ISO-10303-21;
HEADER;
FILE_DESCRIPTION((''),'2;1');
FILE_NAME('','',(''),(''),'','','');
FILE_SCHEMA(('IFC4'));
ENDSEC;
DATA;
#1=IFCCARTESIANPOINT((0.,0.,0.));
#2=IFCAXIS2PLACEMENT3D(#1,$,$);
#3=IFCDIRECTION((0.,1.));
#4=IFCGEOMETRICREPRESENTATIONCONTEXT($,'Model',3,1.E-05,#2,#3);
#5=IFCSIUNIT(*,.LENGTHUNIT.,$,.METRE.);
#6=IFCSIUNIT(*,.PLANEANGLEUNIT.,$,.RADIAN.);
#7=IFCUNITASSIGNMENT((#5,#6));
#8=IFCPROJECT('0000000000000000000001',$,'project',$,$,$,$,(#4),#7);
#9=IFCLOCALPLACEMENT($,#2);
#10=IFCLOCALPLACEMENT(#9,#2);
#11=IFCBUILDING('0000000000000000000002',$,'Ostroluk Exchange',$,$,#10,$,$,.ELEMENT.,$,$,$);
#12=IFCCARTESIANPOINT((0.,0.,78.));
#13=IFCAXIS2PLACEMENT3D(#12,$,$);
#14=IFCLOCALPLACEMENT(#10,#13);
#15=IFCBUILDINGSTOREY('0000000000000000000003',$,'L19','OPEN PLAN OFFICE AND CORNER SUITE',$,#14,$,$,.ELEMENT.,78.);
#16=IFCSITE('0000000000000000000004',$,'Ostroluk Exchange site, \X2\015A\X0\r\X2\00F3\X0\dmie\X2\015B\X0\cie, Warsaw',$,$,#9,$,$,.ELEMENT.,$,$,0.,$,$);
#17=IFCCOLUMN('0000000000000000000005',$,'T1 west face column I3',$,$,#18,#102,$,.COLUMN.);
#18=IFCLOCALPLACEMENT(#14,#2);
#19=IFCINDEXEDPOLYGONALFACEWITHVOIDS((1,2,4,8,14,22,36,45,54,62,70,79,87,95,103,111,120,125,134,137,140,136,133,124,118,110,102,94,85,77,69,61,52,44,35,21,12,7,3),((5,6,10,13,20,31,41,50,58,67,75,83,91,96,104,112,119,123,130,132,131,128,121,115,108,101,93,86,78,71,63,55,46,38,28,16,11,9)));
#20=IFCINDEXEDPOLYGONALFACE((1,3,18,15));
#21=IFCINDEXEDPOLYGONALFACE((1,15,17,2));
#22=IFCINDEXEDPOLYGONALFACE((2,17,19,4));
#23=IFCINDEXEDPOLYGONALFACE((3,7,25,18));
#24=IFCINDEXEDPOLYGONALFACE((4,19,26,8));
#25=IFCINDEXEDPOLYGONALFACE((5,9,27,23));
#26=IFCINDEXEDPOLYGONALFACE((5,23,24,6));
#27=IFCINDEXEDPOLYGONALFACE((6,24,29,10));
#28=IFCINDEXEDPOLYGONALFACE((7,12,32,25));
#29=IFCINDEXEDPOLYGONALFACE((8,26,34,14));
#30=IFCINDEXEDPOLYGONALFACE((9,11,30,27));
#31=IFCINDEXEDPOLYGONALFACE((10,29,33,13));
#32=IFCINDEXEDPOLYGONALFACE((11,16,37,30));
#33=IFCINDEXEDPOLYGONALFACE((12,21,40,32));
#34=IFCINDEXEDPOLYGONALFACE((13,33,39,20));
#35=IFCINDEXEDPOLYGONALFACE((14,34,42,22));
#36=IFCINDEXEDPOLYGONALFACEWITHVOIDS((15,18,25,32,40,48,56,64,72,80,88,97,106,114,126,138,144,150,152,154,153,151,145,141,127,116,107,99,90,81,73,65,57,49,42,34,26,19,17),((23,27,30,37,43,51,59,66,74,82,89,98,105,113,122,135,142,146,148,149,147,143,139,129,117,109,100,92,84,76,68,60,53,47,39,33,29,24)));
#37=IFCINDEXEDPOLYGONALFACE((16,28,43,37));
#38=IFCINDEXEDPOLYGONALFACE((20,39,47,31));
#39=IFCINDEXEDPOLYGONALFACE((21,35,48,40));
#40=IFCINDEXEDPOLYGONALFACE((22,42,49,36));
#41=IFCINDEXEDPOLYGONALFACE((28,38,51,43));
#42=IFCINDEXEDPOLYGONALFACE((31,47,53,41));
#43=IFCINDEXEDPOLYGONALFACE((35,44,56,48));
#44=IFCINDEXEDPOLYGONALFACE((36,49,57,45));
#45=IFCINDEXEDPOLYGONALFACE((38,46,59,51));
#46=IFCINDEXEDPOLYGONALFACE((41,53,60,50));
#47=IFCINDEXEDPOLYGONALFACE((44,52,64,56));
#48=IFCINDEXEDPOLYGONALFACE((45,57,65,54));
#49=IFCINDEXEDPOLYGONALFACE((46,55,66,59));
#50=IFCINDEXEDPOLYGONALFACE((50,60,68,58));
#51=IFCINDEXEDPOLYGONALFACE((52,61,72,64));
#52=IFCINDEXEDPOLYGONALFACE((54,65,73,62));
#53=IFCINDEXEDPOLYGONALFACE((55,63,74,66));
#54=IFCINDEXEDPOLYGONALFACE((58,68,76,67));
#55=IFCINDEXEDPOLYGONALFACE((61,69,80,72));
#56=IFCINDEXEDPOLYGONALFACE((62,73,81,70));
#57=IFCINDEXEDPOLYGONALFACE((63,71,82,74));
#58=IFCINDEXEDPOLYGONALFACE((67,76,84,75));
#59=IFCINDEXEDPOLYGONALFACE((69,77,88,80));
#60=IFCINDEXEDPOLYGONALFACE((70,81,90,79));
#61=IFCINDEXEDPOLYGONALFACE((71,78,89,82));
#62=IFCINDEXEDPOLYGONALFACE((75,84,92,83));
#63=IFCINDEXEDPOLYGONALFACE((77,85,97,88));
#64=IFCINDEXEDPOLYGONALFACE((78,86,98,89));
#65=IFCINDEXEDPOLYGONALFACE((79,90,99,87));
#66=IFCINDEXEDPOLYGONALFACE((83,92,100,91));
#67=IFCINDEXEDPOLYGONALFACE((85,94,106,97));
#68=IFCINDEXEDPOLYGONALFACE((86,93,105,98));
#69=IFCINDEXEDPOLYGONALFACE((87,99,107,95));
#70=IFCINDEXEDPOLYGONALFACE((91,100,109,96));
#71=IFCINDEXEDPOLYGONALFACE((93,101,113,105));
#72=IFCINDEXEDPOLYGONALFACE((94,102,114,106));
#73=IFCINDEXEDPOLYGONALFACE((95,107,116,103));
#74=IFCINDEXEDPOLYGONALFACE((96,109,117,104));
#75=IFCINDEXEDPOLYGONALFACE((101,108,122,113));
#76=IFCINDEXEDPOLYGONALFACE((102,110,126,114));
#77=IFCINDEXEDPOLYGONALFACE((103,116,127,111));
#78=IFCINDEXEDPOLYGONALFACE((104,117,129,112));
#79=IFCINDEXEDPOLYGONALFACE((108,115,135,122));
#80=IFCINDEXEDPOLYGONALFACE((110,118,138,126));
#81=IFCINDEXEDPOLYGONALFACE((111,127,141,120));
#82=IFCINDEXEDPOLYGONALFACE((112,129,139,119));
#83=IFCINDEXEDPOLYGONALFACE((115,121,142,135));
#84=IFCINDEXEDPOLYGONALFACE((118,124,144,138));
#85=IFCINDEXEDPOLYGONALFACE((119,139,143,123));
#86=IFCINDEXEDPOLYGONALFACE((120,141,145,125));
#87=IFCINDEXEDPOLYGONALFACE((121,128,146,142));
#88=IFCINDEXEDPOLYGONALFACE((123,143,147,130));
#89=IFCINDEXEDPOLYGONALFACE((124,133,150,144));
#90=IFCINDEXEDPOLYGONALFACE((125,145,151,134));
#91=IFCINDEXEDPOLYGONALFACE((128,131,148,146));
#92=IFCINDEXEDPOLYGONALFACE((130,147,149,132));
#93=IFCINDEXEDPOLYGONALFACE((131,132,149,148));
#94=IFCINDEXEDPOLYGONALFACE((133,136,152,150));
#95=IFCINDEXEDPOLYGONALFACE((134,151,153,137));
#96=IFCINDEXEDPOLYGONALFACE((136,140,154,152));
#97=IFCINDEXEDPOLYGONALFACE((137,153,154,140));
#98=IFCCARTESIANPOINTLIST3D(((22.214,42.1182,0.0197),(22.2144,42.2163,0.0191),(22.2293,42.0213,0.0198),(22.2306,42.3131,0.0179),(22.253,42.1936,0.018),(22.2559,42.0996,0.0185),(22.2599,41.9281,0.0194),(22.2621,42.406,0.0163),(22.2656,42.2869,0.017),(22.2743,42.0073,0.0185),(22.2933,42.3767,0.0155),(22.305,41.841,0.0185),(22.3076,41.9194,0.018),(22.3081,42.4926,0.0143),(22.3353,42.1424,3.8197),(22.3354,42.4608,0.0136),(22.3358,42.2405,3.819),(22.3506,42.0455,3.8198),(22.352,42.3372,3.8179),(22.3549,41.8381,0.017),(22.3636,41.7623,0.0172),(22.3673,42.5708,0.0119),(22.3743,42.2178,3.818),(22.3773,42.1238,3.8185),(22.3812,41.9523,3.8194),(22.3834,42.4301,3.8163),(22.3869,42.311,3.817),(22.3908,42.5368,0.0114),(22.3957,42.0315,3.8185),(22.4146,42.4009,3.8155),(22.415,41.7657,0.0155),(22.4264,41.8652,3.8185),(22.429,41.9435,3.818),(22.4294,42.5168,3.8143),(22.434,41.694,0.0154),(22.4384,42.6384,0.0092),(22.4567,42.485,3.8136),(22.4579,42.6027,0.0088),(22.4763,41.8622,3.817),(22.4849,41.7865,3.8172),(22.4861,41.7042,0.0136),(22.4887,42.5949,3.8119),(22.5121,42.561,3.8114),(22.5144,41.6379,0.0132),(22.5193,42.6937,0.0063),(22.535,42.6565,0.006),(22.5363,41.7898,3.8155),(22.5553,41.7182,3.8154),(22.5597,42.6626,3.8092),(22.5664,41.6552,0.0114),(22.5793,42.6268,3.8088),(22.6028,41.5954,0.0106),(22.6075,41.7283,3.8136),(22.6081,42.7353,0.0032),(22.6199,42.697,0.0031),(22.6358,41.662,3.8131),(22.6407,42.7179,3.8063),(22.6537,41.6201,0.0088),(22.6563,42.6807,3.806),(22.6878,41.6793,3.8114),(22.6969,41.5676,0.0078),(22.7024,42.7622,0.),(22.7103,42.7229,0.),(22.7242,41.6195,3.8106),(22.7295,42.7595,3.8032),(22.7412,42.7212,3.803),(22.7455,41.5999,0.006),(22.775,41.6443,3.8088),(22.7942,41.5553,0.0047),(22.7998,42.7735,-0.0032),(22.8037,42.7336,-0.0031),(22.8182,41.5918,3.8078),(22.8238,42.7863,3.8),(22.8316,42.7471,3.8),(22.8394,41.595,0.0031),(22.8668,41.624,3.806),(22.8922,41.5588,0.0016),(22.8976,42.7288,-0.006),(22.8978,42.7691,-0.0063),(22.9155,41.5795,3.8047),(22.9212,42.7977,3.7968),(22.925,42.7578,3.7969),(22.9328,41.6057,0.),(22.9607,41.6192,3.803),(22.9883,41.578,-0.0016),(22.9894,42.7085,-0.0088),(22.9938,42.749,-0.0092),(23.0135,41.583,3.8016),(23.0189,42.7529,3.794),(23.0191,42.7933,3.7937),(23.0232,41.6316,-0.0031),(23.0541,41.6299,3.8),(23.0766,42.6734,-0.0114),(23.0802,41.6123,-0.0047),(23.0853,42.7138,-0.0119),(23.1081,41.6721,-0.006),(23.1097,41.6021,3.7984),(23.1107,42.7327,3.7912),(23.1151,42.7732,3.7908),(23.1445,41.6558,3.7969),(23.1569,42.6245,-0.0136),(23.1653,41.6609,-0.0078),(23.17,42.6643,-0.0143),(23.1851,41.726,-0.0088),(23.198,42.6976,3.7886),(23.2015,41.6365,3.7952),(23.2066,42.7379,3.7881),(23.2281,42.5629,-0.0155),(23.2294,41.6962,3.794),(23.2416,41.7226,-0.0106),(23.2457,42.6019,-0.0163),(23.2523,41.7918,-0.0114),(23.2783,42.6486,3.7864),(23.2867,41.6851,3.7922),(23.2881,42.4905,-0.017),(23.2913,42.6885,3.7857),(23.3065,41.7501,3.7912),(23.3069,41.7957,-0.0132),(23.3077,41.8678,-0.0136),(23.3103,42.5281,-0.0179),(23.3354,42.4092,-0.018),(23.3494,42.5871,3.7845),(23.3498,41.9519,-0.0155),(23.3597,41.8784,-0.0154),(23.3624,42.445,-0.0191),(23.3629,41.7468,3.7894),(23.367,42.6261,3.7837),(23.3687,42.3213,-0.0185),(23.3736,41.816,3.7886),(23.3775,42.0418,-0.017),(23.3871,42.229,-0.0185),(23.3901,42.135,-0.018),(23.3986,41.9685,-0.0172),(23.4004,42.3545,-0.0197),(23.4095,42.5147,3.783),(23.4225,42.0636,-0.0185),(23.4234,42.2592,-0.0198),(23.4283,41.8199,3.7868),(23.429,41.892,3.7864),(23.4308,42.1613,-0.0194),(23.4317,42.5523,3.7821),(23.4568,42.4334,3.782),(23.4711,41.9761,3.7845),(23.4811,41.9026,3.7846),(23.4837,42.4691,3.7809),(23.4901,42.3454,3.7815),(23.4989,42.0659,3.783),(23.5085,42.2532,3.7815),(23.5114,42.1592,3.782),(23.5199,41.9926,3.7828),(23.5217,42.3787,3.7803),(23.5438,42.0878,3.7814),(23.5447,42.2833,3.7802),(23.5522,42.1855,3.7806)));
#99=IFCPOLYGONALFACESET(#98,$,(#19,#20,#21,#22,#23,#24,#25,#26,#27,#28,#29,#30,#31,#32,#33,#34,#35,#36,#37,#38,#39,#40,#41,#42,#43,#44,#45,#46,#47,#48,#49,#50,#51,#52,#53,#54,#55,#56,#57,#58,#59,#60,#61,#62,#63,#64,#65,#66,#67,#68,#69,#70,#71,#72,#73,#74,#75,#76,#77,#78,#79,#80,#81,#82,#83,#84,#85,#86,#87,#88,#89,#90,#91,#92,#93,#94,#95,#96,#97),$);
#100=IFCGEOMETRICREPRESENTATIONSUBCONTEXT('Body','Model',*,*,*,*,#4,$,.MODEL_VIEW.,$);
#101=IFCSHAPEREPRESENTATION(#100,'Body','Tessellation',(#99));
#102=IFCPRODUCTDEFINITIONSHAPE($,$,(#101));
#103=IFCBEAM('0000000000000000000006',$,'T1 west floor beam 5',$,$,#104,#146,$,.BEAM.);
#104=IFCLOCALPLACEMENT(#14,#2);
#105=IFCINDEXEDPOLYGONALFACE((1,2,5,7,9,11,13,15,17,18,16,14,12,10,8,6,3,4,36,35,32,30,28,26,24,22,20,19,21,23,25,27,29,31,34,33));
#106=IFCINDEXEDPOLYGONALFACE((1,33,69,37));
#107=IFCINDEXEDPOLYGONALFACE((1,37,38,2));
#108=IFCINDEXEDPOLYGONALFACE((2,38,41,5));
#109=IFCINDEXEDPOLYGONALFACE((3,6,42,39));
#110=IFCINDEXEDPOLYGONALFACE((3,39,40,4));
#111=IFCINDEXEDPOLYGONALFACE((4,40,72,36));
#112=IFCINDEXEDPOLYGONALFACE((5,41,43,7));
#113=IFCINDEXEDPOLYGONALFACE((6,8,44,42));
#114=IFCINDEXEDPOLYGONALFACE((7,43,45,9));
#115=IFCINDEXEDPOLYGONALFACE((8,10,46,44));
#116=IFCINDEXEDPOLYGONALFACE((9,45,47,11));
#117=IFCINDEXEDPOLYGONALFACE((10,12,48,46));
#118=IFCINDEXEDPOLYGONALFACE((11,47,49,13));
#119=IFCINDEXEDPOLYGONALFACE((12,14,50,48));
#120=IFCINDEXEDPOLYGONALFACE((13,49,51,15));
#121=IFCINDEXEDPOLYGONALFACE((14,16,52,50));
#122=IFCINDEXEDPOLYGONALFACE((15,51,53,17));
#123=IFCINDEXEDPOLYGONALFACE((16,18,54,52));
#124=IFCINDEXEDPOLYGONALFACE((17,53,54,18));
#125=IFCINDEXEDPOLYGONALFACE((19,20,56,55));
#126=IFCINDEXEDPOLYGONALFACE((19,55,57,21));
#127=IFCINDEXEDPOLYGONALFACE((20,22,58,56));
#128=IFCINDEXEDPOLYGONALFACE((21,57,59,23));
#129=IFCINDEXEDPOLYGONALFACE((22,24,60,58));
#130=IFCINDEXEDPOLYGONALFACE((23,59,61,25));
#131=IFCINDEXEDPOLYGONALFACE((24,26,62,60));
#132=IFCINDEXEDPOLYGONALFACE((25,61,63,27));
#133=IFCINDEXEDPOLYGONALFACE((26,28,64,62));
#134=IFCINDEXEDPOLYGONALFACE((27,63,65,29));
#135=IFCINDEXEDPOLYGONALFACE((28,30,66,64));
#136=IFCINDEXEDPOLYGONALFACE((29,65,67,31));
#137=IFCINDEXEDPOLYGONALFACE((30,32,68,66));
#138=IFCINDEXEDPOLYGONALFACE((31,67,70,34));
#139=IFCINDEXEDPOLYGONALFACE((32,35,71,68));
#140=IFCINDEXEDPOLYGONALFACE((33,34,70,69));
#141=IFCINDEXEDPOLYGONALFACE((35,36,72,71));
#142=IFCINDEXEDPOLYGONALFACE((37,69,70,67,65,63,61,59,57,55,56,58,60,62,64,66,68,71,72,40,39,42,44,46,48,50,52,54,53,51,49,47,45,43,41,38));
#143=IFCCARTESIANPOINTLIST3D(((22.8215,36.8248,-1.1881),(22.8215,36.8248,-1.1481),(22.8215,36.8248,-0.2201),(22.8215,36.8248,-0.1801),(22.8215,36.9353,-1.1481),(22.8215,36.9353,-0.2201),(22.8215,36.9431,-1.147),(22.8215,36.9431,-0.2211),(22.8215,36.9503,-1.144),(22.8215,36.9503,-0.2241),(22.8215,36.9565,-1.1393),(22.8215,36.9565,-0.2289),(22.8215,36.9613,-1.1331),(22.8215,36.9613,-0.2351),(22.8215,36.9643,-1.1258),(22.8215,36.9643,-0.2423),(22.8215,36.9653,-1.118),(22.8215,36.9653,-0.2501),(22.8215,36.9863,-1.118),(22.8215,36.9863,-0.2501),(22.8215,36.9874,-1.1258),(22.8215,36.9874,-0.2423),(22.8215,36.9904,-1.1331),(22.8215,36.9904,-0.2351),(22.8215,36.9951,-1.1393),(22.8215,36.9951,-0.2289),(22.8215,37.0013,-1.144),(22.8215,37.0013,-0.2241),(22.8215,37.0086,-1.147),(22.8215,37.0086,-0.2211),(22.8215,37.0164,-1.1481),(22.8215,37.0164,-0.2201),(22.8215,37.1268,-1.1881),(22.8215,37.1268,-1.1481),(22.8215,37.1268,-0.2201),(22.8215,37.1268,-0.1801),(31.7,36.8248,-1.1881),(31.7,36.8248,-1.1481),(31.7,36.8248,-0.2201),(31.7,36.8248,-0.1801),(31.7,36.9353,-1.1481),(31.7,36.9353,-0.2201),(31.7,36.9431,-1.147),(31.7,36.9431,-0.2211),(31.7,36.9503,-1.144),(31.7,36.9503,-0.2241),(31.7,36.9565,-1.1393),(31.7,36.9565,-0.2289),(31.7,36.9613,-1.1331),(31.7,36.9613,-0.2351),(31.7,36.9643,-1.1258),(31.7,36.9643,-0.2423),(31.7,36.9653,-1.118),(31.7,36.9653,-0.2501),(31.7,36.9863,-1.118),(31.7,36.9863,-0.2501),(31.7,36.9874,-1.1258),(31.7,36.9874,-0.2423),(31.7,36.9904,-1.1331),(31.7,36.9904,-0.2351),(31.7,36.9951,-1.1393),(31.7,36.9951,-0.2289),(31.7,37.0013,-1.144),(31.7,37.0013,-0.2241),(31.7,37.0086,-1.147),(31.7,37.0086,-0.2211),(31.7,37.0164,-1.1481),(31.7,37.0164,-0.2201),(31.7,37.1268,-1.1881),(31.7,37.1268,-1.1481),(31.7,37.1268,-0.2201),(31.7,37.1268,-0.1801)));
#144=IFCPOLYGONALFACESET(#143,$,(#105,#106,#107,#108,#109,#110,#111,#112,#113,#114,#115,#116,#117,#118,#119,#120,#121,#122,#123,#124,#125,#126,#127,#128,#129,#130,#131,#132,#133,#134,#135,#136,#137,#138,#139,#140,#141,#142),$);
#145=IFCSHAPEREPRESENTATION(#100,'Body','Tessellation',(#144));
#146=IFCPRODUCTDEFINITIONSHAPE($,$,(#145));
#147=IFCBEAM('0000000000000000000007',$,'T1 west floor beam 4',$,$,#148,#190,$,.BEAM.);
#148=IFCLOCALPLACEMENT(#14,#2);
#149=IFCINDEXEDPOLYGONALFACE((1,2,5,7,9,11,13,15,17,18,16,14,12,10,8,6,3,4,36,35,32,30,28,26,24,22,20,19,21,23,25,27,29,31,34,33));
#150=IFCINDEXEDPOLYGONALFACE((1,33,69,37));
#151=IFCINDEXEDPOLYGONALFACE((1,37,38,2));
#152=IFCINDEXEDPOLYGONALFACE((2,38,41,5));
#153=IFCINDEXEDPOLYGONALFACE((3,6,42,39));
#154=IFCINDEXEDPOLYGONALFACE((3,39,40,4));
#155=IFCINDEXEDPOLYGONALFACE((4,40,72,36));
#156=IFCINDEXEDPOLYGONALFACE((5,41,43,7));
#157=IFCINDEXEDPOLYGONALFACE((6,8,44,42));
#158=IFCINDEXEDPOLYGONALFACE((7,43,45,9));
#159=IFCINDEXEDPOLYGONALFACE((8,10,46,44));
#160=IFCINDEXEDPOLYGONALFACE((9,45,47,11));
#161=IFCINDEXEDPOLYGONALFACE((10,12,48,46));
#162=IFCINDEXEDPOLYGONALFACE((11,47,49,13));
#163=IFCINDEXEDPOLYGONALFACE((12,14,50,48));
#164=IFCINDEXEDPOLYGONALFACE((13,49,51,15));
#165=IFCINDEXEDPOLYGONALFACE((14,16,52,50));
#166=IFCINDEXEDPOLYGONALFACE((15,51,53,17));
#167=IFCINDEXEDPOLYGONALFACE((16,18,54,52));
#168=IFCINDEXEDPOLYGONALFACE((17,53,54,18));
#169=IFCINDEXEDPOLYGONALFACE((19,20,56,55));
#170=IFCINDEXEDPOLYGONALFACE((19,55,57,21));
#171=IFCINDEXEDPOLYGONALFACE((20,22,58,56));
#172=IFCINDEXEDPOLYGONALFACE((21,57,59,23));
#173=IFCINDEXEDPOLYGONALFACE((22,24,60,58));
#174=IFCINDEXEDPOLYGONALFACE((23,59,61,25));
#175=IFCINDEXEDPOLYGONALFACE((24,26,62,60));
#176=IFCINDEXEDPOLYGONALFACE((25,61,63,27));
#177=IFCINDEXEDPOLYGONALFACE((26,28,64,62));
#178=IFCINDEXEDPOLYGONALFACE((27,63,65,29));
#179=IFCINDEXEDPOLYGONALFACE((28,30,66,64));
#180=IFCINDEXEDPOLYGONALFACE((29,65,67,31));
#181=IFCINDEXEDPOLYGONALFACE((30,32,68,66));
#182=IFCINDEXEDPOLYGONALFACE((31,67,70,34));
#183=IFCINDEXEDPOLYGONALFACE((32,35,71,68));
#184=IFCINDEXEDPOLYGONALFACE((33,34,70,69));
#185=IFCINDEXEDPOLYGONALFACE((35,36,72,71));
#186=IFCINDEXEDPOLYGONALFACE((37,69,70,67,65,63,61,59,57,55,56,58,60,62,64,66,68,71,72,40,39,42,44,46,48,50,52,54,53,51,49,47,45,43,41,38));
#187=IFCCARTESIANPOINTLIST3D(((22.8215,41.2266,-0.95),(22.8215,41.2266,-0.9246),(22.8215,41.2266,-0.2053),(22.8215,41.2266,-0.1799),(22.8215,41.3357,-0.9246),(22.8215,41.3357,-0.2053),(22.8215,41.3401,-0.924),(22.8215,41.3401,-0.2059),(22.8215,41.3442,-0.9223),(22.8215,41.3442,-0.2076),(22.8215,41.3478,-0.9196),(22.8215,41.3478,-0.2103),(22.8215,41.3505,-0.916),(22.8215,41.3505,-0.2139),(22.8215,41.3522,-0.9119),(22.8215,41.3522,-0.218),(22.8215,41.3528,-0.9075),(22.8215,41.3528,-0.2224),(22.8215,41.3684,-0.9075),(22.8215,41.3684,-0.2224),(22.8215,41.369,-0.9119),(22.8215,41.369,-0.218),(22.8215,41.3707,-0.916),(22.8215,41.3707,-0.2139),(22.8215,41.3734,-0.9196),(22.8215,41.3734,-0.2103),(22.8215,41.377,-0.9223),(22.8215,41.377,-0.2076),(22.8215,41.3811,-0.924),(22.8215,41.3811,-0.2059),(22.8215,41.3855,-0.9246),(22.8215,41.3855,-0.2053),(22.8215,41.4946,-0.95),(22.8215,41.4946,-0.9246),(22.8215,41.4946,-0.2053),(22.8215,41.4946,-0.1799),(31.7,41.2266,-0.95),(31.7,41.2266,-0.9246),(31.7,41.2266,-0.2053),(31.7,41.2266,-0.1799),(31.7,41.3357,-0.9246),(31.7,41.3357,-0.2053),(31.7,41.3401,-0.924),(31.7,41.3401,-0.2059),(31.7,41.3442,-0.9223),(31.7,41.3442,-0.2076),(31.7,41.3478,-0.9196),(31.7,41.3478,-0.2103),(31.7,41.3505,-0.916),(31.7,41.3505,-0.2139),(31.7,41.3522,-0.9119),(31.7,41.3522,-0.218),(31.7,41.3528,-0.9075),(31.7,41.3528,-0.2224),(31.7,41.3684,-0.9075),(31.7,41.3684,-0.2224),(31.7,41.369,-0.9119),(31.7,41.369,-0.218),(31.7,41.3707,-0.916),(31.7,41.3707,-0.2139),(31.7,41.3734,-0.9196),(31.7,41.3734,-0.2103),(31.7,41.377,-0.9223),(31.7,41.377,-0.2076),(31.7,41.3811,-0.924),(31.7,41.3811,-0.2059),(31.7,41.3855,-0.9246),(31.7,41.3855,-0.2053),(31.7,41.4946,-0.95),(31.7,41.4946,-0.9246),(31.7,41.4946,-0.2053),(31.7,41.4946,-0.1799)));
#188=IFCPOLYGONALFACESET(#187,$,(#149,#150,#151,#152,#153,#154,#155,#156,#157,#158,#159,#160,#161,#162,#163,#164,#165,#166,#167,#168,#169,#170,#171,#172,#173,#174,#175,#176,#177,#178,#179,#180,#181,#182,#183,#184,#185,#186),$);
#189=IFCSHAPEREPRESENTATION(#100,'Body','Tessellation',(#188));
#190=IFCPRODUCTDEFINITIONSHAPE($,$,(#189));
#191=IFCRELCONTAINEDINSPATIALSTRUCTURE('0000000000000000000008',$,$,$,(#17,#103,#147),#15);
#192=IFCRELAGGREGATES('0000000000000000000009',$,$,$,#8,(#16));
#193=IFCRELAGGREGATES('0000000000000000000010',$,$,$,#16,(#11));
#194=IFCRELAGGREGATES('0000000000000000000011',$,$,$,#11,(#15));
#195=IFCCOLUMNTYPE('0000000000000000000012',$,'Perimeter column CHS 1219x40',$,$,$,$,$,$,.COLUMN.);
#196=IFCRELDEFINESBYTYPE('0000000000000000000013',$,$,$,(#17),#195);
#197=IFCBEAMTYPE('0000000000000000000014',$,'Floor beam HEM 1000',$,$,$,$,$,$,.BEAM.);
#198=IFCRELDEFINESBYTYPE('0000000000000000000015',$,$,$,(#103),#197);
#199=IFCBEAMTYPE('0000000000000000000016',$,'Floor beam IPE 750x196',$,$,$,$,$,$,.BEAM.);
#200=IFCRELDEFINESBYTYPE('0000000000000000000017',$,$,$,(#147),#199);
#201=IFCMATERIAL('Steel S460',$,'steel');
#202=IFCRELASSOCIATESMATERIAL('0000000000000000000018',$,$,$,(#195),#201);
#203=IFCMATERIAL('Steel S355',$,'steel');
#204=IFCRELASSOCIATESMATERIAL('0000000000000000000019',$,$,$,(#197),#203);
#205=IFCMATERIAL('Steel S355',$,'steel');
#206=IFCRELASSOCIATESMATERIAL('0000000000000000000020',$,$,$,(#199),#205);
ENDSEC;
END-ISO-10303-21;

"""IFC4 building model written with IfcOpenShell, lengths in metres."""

from ifc_helpers import new_model, si_unit, direction, frame, origin, origin_2d, place, context, subcontext, project, spatial, hollow_circle, i_section, extrude, material, material_profile, profile_set, type_object, element, save


model = new_model("IFC4")

# Units and contexts
model_context = context("Model", 3, precision=1e-05, world=origin(), true_north=direction((0.0, 1.0)))
body_context = subcontext(model_context, "Body", "Model", "MODEL_VIEW")
ifc_project = project(units=[si_unit("LENGTHUNIT", "METRE"), si_unit("PLANEANGLEUNIT", "RADIAN")], contexts=[model_context])

# Site, building, storey
site_placement = place(None, origin())
site = spatial("IfcSite", under=ifc_project, at=site_placement, Name="Ostroluk Exchange site, Śródmieście, Warsaw", CompositionType="ELEMENT", RefElevation=0.0)
building_placement = place(site_placement, origin())
building = spatial("IfcBuilding", under=site, at=building_placement, Name="Ostroluk Exchange", CompositionType="ELEMENT")
storey_placement = place(building_placement, frame((0.0, 0.0, 78.0)))
storey = spatial("IfcBuildingStorey", under=building, at=storey_placement, Name="L19", Description="OPEN PLAN OFFICE AND CORNER SUITE", CompositionType="ELEMENT", Elevation=78.0)

# Column
ifc_material_1 = material(Name="Steel S460", Category="steel")
ifc_material_profile_1 = material_profile(ifc_material_1, hollow_circle(Radius=0.6096, WallThickness=0.04, at=origin_2d()), Name="CHS 1219x40")
ifc_profile_set_1 = profile_set([ifc_material_profile_1], Name="Steel S460")
column_type = type_object("IfcColumnType", Name="Perimeter column CHS 1219x40", PredefinedType="COLUMN", material=ifc_profile_set_1)
column_placement = place(storey_placement, frame((22.8215, 42.1643, 0.0), z_axis=(0.031914, 0.006357, 0.99947), x_axis=(-0.195357, 0.980732, 0.0)))
element("IfcColumn", 1, at=column_placement, inside=storey, type_object=column_type, Name="T1 west face column I3", PredefinedType="COLUMN", context=body_context, shape_type="SweptSolid", body=[
    extrude(hollow_circle(Radius=0.6096, WallThickness=0.04, at=origin_2d()), origin(), (0.0, 0.0, 1.0), 3.802),
])

# Beams
ifc_material_2 = material(Name="Steel S355", Category="steel")
ifc_material_profile_2 = material_profile(ifc_material_2, i_section(OverallWidth=0.302, OverallDepth=1.0081, WebThickness=0.021, FlangeThickness=0.04, FilletRadius=0.03, at=origin_2d()), Name="HEM 1000")
ifc_profile_set_2 = profile_set([ifc_material_profile_2], Name="Steel S355")
beam_type_1 = type_object("IfcBeamType", Name="Floor beam HEM 1000", PredefinedType="BEAM", material=ifc_profile_set_2)
beam_1_placement = place(storey_placement, frame((31.7, 36.9758, -0.6841), z_axis=(-1.0, 0.0, 0.0), x_axis=(0.0, -1.0, 0.0)))
element("IfcBeam", 2, at=beam_1_placement, inside=storey, type_object=beam_type_1, Name="T1 west floor beam 5", PredefinedType="BEAM", context=body_context, shape_type="SweptSolid", body=[
    extrude(i_section(OverallWidth=0.302, OverallDepth=1.0081, WebThickness=0.021, FlangeThickness=0.04, FilletRadius=0.03, at=origin_2d()), origin(), (0.0, 0.0, 1.0), 8.8784),
])
ifc_material_3 = material(Name="Steel S355", Category="steel")
ifc_material_profile_3 = material_profile(ifc_material_3, i_section(OverallWidth=0.2681, OverallDepth=0.77, WebThickness=0.0156, FlangeThickness=0.0254, FilletRadius=0.0171, at=origin_2d()), Name="IPE 750x196")
ifc_profile_set_3 = profile_set([ifc_material_profile_3], Name="Steel S355")
beam_type_2 = type_object("IfcBeamType", Name="Floor beam IPE 750x196", PredefinedType="BEAM", material=ifc_profile_set_3)
beam_2_placement = place(storey_placement, frame((31.7, 41.3606, -0.5649), z_axis=(-1.0, 0.0, 0.0), x_axis=(0.0, -1.0, 0.0)))
element("IfcBeam", 3, at=beam_2_placement, inside=storey, type_object=beam_type_2, Name="T1 west floor beam 4", PredefinedType="BEAM", context=body_context, shape_type="SweptSolid", body=[
    extrude(i_section(OverallWidth=0.2681, OverallDepth=0.77, WebThickness=0.0156, FlangeThickness=0.0254, FilletRadius=0.0171, at=origin_2d()), origin(), (0.0, 0.0, 1.0), 8.8784),
])

save(model, "model.ifc")
